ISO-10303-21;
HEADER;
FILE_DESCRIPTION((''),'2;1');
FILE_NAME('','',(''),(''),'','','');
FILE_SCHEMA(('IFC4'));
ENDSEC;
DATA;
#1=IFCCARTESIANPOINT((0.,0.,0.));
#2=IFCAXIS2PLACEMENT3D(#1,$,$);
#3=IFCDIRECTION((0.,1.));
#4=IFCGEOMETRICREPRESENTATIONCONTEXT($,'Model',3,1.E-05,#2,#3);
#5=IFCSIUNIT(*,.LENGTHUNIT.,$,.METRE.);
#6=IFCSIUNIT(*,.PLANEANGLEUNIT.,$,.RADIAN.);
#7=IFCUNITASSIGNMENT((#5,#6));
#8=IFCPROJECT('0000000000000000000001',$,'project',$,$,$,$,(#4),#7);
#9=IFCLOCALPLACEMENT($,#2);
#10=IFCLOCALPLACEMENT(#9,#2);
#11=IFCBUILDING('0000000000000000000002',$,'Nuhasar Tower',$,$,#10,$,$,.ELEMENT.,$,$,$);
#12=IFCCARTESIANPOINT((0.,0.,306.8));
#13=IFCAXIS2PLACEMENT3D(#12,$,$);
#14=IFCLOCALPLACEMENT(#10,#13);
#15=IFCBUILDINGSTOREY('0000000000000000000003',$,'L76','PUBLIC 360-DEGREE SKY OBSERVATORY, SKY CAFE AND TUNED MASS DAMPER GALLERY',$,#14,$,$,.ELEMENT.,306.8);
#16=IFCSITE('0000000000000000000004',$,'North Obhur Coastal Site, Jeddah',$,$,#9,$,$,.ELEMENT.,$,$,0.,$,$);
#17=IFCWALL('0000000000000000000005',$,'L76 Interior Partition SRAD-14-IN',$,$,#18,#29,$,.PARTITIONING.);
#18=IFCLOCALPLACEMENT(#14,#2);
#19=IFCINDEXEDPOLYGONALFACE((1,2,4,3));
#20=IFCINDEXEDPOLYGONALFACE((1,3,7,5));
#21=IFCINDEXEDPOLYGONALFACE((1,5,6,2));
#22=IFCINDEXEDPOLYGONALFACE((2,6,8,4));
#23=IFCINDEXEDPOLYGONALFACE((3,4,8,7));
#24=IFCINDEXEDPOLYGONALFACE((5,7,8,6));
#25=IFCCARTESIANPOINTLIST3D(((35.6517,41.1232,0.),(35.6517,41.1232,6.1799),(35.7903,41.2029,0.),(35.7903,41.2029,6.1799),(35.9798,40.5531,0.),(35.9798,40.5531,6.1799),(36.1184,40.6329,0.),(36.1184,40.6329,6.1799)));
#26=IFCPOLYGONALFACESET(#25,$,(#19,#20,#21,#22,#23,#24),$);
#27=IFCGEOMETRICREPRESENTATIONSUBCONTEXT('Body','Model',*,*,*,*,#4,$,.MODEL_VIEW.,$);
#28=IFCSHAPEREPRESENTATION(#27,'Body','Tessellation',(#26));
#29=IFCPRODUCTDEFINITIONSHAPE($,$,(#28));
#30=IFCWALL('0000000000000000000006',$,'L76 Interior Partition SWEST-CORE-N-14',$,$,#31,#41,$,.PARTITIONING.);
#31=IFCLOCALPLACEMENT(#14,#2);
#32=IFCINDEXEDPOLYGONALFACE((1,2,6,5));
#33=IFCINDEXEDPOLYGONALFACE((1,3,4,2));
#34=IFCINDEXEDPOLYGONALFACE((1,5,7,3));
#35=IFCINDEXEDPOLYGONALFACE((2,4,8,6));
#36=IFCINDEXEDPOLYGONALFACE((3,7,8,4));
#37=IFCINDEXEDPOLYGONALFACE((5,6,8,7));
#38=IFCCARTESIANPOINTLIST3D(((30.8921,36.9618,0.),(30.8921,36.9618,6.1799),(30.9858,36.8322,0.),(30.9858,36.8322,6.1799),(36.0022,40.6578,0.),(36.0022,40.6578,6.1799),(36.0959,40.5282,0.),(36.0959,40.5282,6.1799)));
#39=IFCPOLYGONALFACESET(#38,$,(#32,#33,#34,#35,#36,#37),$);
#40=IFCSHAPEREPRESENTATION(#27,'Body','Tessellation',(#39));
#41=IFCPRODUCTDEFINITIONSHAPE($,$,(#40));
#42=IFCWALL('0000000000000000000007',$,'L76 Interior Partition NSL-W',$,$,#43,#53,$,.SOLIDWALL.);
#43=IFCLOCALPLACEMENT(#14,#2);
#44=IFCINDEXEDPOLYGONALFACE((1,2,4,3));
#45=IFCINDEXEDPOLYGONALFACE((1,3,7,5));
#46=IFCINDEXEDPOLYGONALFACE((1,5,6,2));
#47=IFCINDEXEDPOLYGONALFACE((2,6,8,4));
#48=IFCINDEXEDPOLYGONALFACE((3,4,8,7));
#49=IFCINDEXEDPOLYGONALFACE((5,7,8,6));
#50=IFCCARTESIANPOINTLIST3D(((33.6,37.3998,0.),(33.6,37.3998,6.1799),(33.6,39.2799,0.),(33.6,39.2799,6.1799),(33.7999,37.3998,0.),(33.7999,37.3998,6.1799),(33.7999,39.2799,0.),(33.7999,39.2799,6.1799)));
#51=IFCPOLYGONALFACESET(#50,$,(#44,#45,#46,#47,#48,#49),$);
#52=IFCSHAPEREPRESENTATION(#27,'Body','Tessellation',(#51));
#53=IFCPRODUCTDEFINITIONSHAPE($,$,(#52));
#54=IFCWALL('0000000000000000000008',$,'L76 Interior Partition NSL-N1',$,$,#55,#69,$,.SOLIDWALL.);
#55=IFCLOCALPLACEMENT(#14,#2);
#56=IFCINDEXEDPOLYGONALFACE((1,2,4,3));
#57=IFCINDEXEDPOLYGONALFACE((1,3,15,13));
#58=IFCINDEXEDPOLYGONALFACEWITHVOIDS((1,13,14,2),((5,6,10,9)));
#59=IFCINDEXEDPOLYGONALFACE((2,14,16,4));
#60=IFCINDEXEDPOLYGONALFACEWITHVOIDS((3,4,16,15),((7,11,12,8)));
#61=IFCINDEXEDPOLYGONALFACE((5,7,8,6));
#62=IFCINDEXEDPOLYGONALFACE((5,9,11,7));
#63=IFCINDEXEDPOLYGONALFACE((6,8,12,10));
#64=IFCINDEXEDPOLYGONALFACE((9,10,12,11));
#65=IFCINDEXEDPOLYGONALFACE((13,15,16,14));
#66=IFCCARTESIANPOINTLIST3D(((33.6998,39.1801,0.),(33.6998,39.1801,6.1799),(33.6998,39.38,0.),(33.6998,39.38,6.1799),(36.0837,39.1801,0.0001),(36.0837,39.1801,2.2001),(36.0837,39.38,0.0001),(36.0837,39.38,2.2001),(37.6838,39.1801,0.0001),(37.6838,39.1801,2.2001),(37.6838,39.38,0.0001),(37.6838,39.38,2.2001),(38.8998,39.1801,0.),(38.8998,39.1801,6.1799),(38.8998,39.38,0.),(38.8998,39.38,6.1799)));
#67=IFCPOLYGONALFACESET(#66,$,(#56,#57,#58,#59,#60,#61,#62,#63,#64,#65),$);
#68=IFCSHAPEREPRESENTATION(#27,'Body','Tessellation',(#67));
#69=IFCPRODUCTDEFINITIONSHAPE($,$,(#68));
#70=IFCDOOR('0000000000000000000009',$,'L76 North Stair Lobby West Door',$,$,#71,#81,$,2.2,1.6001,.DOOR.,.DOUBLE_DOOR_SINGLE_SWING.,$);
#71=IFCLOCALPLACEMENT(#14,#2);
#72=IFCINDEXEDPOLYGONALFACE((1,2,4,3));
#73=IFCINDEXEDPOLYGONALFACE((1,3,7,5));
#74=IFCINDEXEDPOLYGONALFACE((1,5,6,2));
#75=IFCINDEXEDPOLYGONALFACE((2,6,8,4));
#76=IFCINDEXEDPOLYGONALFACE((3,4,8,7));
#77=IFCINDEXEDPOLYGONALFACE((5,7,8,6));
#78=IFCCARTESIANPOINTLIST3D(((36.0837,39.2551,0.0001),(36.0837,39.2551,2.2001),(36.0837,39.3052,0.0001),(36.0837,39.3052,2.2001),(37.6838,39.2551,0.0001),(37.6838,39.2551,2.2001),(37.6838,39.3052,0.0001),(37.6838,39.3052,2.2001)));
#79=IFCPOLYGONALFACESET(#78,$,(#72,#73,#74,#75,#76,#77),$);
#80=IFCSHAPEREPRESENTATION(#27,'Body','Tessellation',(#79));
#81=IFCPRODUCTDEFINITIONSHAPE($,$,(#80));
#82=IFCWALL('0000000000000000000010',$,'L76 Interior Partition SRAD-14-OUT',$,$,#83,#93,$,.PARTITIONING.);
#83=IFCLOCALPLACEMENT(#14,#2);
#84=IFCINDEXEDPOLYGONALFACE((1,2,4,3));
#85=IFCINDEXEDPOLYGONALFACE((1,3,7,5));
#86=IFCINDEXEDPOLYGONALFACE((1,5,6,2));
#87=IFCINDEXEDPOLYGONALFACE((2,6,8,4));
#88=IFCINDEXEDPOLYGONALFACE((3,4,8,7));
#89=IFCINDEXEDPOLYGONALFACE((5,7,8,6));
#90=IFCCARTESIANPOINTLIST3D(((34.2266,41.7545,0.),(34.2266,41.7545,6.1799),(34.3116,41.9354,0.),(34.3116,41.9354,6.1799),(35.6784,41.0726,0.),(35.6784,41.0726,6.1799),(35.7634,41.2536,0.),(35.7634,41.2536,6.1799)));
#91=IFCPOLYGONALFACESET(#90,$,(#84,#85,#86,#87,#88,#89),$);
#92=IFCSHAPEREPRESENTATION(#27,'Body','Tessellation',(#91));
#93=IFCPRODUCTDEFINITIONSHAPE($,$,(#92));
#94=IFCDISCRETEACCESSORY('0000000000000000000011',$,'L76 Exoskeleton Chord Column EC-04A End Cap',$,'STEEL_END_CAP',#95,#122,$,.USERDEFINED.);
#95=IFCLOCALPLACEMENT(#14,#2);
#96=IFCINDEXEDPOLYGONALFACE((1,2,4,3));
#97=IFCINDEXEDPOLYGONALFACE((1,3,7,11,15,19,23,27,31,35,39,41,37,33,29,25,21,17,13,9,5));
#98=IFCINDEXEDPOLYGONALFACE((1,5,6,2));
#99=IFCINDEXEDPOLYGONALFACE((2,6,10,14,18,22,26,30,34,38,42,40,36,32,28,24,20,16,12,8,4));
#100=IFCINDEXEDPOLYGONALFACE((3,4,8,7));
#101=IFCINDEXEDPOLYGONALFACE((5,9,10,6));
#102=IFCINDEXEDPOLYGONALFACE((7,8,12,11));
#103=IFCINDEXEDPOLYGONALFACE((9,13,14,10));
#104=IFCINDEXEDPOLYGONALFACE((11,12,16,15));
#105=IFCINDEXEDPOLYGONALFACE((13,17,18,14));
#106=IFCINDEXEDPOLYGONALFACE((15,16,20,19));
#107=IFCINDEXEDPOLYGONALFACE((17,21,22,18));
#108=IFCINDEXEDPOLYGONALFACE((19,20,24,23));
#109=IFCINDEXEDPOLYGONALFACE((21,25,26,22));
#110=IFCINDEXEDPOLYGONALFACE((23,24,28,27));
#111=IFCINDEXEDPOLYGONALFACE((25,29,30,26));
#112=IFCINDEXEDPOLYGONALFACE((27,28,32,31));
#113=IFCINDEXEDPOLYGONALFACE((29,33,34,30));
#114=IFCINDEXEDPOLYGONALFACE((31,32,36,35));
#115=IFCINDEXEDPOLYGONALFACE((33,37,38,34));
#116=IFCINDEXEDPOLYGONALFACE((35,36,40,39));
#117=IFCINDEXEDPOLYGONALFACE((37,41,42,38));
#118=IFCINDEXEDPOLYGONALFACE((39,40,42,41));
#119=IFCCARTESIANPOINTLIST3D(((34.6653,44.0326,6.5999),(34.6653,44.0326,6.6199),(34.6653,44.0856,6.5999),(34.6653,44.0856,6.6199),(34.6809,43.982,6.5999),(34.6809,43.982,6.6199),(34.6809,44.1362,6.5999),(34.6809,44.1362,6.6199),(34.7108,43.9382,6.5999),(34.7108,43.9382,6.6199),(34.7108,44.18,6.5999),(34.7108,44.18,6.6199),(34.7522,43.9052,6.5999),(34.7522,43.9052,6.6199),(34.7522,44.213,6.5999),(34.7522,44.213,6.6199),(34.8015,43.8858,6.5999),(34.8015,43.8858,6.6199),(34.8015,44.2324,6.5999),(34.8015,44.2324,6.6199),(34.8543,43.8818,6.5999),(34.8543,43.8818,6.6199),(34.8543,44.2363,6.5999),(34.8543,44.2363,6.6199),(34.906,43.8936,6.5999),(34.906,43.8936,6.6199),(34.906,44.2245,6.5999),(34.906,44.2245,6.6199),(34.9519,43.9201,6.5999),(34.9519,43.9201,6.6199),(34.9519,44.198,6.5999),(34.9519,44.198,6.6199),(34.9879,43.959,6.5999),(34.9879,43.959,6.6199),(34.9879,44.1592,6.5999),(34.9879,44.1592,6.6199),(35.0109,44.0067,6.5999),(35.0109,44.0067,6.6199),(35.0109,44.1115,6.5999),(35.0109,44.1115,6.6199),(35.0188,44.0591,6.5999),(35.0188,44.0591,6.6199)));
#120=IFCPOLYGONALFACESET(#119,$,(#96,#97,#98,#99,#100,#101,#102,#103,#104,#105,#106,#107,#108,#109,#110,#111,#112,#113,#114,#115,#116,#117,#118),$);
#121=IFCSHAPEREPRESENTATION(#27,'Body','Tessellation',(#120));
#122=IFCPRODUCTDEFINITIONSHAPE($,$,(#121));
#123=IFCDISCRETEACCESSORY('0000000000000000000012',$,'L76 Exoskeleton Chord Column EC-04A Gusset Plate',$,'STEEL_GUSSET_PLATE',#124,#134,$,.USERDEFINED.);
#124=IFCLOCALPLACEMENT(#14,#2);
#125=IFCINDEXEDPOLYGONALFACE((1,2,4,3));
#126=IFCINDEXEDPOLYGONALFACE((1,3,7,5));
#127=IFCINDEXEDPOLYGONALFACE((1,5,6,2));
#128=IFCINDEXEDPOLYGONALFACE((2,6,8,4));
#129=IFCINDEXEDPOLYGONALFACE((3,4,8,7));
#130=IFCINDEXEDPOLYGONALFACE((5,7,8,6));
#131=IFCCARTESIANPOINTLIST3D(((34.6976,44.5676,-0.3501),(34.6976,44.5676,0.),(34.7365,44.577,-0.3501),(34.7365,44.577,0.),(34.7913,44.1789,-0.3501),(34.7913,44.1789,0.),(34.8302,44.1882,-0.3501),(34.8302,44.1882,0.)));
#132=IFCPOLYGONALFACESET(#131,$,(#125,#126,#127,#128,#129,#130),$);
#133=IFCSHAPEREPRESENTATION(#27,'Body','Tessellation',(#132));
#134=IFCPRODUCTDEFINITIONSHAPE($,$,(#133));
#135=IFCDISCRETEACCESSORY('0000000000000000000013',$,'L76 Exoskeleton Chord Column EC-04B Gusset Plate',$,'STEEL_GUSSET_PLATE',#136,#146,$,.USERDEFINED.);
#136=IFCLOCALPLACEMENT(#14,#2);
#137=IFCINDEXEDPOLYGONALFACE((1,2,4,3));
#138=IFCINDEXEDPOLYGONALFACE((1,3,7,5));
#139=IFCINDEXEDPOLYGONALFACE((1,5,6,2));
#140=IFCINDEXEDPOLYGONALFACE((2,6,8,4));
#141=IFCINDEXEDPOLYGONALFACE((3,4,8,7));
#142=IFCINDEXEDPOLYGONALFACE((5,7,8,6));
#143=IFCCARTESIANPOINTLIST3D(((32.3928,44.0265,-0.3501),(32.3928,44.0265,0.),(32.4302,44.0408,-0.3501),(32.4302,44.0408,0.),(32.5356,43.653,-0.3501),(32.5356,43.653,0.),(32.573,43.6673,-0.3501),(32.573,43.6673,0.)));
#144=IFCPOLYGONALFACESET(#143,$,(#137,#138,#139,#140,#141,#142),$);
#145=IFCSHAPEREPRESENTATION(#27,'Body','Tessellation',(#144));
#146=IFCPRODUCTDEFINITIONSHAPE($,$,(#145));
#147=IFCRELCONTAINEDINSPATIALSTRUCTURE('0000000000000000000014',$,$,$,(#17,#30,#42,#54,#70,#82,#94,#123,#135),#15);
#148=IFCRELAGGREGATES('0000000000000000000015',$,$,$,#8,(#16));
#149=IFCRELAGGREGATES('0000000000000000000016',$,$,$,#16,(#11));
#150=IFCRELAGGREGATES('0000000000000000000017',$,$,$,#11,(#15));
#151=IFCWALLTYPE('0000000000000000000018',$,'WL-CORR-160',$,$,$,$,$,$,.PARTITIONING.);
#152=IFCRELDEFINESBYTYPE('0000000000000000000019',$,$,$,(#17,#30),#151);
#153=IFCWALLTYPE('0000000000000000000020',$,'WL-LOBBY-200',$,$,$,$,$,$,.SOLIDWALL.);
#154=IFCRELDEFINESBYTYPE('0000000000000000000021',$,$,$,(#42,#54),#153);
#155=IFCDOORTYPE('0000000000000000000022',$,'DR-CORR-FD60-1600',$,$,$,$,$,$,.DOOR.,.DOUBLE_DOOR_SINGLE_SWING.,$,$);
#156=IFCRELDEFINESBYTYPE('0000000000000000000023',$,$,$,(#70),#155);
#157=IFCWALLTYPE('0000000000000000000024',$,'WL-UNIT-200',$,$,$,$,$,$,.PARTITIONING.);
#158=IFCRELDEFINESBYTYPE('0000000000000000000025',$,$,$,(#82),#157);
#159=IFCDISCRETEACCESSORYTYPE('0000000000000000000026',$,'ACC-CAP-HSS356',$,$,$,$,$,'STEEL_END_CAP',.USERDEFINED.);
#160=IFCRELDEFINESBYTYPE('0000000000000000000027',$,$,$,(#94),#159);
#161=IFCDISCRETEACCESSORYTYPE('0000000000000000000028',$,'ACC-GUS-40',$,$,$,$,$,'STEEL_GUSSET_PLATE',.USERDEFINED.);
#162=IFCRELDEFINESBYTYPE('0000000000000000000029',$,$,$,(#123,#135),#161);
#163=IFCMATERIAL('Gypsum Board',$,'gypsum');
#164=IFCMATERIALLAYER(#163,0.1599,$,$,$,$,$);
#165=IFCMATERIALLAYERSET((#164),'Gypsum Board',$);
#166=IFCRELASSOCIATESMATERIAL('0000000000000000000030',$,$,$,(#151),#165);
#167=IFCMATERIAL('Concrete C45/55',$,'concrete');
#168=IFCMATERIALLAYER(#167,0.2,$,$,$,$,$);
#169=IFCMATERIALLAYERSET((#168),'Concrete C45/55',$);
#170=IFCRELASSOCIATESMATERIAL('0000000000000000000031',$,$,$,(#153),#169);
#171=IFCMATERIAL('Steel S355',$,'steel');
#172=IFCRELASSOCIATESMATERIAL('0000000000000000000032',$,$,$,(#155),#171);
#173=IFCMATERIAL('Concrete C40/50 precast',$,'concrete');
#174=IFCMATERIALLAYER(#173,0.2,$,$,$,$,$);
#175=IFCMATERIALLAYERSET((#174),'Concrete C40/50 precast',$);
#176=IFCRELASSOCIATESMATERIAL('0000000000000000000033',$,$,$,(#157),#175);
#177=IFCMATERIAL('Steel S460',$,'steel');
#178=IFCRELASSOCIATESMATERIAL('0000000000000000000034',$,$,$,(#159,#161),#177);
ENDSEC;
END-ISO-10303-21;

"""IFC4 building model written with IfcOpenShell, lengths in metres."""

from ifc_helpers import new_model, si_unit, direction, frame, frame_2d, origin, origin_2d, place, context, subcontext, project, spatial, rectangle, circle, extrude, material, layer, layer_set, type_object, element, fill, save


model = new_model("IFC4")

# Units and contexts
model_context = context("Model", 3, precision=1e-05, world=origin(), true_north=direction((0.0, 1.0)))
body_context = subcontext(model_context, "Body", "Model", "MODEL_VIEW")
ifc_project = project(units=[si_unit("LENGTHUNIT", "METRE"), si_unit("PLANEANGLEUNIT", "RADIAN")], contexts=[model_context])

# Site, building, storey
site_placement = place(None, origin())
site = spatial("IfcSite", under=ifc_project, at=site_placement, Name="North Obhur Coastal Site, Jeddah", CompositionType="ELEMENT", RefElevation=0.0)
building_placement = place(site_placement, origin())
building = spatial("IfcBuilding", under=site, at=building_placement, Name="Nuhasar Tower", CompositionType="ELEMENT")
storey_placement = place(building_placement, frame((0.0, 0.0, 306.8)))
storey = spatial("IfcBuildingStorey", under=building, at=storey_placement, Name="L76", Description="PUBLIC 360-DEGREE SKY OBSERVATORY, SKY CAFE AND TUNED MASS DAMPER GALLERY", CompositionType="ELEMENT", Elevation=306.8)

# Shared definitions
ifc_material_1 = material(Name="Steel S460", Category="steel")

# Shared definitions
ifc_material_2 = material(Name="Steel S355", Category="steel")

# Walls
ifc_material_3 = material(Name="Gypsum Board", Category="gypsum")
ifc_layer_1 = layer(ifc_material_3, 0.1599)
ifc_layer_set_1 = layer_set([ifc_layer_1], Name="Gypsum Board")
wall_type_1 = type_object("IfcWallType", Name="WL-CORR-160", PredefinedType="PARTITIONING", material=ifc_layer_set_1)
wall_1_placement = place(storey_placement, frame((36.0491, 40.593, 0.0), z_axis=(0.0, 0.0, 1.0), x_axis=(-0.498855, 0.866686, 0.0)))
element("IfcWall", 1, at=wall_1_placement, inside=storey, type_object=wall_type_1, Name="L76 Interior Partition SRAD-14-IN", PredefinedType="PARTITIONING", context=body_context, shape_type="SweptSolid", body=[
    extrude(rectangle(XDim=0.6577, YDim=0.1599, at=frame_2d((0.3289, 0.0))), origin(), (0.0, 0.0, 1.0), 6.1799),
])
wall_2_placement = place(storey_placement, frame((36.0491, 40.593, 0.0), z_axis=(0.0, 0.0, 1.0), x_axis=(-0.810272, -0.586054, 0.0)))
element("IfcWall", 2, at=wall_2_placement, inside=storey, type_object=wall_type_1, Name="L76 Interior Partition SWEST-CORE-N-14", PredefinedType="PARTITIONING", context=body_context, shape_type="SweptSolid", body=[
    extrude(rectangle(XDim=6.3066, YDim=0.1599, at=frame_2d((3.1533, 0.0))), origin(), (0.0, 0.0, 1.0), 6.1799),
])
ifc_material_4 = material(Name="Concrete C45/55", Category="concrete")
ifc_layer_2 = layer(ifc_material_4, 0.2)
ifc_layer_set_2 = layer_set([ifc_layer_2], Name="Concrete C45/55")
wall_type_2 = type_object("IfcWallType", Name="WL-LOBBY-200", PredefinedType="SOLIDWALL", material=ifc_layer_set_2)
wall_3_placement = place(storey_placement, frame((33.7, 37.3999, 0.0), z_axis=(0.0, 0.0, 1.0), x_axis=(0.0, 1.0, 0.0)))
element("IfcWall", 3, at=wall_3_placement, inside=storey, type_object=wall_type_2, Name="L76 Interior Partition NSL-W", PredefinedType="SOLIDWALL", context=body_context, shape_type="SweptSolid", body=[
    extrude(rectangle(XDim=1.8801, YDim=0.2, at=frame_2d((0.9399, 0.0))), origin(), (0.0, 0.0, 1.0), 6.1799),
])

# Wall, opening, door
wall_4_placement = place(storey_placement, frame((38.8999, 39.28, 0.0), z_axis=(0.0, 0.0, 1.0), x_axis=(-1.0, 0.0, 0.0)))
wall_4 = element("IfcWall", 4, at=wall_4_placement, inside=storey, type_object=wall_type_2, Name="L76 Interior Partition NSL-N1", PredefinedType="SOLIDWALL", context=body_context, shape_type="SweptSolid", body=[
    extrude(rectangle(XDim=5.2, YDim=0.2, at=frame_2d((2.6001, 0.0))), origin(), (0.0, 0.0, 1.0), 6.1799),
])
opening_1_placement = place(wall_4_placement, frame((1.2161, 0.0, 0.0)))
opening_1 = element("IfcOpeningElement", 5, at=opening_1_placement, cuts=wall_4, PredefinedType="OPENING", context=body_context, shape_type="SweptSolid", body=[
    extrude(rectangle(XDim=1.6001, YDim=2.2, at=frame_2d((0.8, 1.1001))), frame((0.0, 0.1099, 0.0), z_axis=(0.0, -1.0, 0.0), x_axis=(1.0, 0.0, 0.0)), (0.0, 0.0, 1.0), 0.22),
])
door_type_1 = type_object("IfcDoorType", Name="DR-CORR-FD60-1600", OperationType="DOUBLE_DOOR_SINGLE_SWING", PredefinedType="DOOR", material=ifc_material_2)
door_1_placement = place(opening_1_placement, origin())
door_1 = element("IfcDoor", 6, at=door_1_placement, inside=storey, type_object=door_type_1, Name="L76 North Stair Lobby West Door", OperationType="DOUBLE_DOOR_SINGLE_SWING", OverallHeight=2.2, OverallWidth=1.6001, PredefinedType="DOOR", context=body_context, shape_type="SweptSolid", body=[
    extrude(rectangle(XDim=1.6001, YDim=2.2, at=frame_2d((0.8, 1.1001))), frame((0.0, 0.0249, 0.0), z_axis=(0.0, -1.0, 0.0), x_axis=(1.0, 0.0, 0.0)), (0.0, 0.0, 1.0), 0.05),
])
fill(opening_1, door_1)

# Wall
ifc_material_5 = material(Name="Concrete C40/50 precast", Category="concrete")
ifc_layer_3 = layer(ifc_material_5, 0.2)
ifc_layer_set_3 = layer_set([ifc_layer_3], Name="Concrete C40/50 precast")
wall_type_3 = type_object("IfcWallType", Name="WL-UNIT-200", PredefinedType="PARTITIONING", material=ifc_layer_set_3)
wall_5_placement = place(storey_placement, frame((35.7209, 41.1631, 0.0), z_axis=(0.0, 0.0, 1.0), x_axis=(-0.905146, 0.425101, 0.0)))
element("IfcWall", 7, at=wall_5_placement, inside=storey, type_object=wall_type_3, Name="L76 Interior Partition SRAD-14-OUT", PredefinedType="PARTITIONING", context=body_context, shape_type="SweptSolid", body=[
    extrude(rectangle(XDim=1.604, YDim=0.2, at=frame_2d((0.802, 0.0))), origin(), (0.0, 0.0, 1.0), 6.1799),
])

# Discrete accessories
discrete_accessory_type_1 = type_object("IfcDiscreteAccessoryType", Name="ACC-CAP-HSS356", ElementType="STEEL_END_CAP", PredefinedType="USERDEFINED", material=ifc_material_1)
discrete_accessory_placement = place(storey_placement, frame((34.8411, 44.0591, 6.5999), z_axis=(0.0, 0.0, 1.0), x_axis=(1.0, 0.0, 0.0)))
element("IfcDiscreteAccessory", 8, at=discrete_accessory_placement, inside=storey, type_object=discrete_accessory_type_1, Name="L76 Exoskeleton Chord Column EC-04A End Cap", ObjectType="STEEL_END_CAP", PredefinedType="USERDEFINED", context=body_context, shape_type="SweptSolid", body=[
    extrude(circle(Radius=0.1777, at=origin_2d()), origin(), (0.0, 0.0, 1.0), 0.02),
])
discrete_accessory_type_2 = type_object("IfcDiscreteAccessoryType", Name="ACC-GUS-40", ElementType="STEEL_GUSSET_PLATE", PredefinedType="USERDEFINED", material=ifc_material_1)
for number, where, z_axis, x_axis, name in (
    (9, (34.7639, 44.3779, -0.3501), (0.0, 0.0, 1.0), (-0.234277, 0.97217, 0.0), "L76 Exoskeleton Chord Column EC-04A Gusset Plate"),
    (10, (32.4829, 43.8469, -0.3501), (0.0, 0.0, 1.0), (-0.357097, 0.934067, 0.0), "L76 Exoskeleton Chord Column EC-04B Gusset Plate"),
):
    element("IfcDiscreteAccessory", number, at=place(storey_placement, frame(where, z_axis=z_axis, x_axis=x_axis)), inside=storey, type_object=discrete_accessory_type_2, Name=name, ObjectType="STEEL_GUSSET_PLATE", PredefinedType="USERDEFINED", context=body_context, shape_type="SweptSolid", body=[
        extrude(rectangle(XDim=0.3999, YDim=0.04, at=origin_2d()), origin(), (0.0, 0.0, 1.0), 0.3501),
    ])

save(model, "model.ifc")
